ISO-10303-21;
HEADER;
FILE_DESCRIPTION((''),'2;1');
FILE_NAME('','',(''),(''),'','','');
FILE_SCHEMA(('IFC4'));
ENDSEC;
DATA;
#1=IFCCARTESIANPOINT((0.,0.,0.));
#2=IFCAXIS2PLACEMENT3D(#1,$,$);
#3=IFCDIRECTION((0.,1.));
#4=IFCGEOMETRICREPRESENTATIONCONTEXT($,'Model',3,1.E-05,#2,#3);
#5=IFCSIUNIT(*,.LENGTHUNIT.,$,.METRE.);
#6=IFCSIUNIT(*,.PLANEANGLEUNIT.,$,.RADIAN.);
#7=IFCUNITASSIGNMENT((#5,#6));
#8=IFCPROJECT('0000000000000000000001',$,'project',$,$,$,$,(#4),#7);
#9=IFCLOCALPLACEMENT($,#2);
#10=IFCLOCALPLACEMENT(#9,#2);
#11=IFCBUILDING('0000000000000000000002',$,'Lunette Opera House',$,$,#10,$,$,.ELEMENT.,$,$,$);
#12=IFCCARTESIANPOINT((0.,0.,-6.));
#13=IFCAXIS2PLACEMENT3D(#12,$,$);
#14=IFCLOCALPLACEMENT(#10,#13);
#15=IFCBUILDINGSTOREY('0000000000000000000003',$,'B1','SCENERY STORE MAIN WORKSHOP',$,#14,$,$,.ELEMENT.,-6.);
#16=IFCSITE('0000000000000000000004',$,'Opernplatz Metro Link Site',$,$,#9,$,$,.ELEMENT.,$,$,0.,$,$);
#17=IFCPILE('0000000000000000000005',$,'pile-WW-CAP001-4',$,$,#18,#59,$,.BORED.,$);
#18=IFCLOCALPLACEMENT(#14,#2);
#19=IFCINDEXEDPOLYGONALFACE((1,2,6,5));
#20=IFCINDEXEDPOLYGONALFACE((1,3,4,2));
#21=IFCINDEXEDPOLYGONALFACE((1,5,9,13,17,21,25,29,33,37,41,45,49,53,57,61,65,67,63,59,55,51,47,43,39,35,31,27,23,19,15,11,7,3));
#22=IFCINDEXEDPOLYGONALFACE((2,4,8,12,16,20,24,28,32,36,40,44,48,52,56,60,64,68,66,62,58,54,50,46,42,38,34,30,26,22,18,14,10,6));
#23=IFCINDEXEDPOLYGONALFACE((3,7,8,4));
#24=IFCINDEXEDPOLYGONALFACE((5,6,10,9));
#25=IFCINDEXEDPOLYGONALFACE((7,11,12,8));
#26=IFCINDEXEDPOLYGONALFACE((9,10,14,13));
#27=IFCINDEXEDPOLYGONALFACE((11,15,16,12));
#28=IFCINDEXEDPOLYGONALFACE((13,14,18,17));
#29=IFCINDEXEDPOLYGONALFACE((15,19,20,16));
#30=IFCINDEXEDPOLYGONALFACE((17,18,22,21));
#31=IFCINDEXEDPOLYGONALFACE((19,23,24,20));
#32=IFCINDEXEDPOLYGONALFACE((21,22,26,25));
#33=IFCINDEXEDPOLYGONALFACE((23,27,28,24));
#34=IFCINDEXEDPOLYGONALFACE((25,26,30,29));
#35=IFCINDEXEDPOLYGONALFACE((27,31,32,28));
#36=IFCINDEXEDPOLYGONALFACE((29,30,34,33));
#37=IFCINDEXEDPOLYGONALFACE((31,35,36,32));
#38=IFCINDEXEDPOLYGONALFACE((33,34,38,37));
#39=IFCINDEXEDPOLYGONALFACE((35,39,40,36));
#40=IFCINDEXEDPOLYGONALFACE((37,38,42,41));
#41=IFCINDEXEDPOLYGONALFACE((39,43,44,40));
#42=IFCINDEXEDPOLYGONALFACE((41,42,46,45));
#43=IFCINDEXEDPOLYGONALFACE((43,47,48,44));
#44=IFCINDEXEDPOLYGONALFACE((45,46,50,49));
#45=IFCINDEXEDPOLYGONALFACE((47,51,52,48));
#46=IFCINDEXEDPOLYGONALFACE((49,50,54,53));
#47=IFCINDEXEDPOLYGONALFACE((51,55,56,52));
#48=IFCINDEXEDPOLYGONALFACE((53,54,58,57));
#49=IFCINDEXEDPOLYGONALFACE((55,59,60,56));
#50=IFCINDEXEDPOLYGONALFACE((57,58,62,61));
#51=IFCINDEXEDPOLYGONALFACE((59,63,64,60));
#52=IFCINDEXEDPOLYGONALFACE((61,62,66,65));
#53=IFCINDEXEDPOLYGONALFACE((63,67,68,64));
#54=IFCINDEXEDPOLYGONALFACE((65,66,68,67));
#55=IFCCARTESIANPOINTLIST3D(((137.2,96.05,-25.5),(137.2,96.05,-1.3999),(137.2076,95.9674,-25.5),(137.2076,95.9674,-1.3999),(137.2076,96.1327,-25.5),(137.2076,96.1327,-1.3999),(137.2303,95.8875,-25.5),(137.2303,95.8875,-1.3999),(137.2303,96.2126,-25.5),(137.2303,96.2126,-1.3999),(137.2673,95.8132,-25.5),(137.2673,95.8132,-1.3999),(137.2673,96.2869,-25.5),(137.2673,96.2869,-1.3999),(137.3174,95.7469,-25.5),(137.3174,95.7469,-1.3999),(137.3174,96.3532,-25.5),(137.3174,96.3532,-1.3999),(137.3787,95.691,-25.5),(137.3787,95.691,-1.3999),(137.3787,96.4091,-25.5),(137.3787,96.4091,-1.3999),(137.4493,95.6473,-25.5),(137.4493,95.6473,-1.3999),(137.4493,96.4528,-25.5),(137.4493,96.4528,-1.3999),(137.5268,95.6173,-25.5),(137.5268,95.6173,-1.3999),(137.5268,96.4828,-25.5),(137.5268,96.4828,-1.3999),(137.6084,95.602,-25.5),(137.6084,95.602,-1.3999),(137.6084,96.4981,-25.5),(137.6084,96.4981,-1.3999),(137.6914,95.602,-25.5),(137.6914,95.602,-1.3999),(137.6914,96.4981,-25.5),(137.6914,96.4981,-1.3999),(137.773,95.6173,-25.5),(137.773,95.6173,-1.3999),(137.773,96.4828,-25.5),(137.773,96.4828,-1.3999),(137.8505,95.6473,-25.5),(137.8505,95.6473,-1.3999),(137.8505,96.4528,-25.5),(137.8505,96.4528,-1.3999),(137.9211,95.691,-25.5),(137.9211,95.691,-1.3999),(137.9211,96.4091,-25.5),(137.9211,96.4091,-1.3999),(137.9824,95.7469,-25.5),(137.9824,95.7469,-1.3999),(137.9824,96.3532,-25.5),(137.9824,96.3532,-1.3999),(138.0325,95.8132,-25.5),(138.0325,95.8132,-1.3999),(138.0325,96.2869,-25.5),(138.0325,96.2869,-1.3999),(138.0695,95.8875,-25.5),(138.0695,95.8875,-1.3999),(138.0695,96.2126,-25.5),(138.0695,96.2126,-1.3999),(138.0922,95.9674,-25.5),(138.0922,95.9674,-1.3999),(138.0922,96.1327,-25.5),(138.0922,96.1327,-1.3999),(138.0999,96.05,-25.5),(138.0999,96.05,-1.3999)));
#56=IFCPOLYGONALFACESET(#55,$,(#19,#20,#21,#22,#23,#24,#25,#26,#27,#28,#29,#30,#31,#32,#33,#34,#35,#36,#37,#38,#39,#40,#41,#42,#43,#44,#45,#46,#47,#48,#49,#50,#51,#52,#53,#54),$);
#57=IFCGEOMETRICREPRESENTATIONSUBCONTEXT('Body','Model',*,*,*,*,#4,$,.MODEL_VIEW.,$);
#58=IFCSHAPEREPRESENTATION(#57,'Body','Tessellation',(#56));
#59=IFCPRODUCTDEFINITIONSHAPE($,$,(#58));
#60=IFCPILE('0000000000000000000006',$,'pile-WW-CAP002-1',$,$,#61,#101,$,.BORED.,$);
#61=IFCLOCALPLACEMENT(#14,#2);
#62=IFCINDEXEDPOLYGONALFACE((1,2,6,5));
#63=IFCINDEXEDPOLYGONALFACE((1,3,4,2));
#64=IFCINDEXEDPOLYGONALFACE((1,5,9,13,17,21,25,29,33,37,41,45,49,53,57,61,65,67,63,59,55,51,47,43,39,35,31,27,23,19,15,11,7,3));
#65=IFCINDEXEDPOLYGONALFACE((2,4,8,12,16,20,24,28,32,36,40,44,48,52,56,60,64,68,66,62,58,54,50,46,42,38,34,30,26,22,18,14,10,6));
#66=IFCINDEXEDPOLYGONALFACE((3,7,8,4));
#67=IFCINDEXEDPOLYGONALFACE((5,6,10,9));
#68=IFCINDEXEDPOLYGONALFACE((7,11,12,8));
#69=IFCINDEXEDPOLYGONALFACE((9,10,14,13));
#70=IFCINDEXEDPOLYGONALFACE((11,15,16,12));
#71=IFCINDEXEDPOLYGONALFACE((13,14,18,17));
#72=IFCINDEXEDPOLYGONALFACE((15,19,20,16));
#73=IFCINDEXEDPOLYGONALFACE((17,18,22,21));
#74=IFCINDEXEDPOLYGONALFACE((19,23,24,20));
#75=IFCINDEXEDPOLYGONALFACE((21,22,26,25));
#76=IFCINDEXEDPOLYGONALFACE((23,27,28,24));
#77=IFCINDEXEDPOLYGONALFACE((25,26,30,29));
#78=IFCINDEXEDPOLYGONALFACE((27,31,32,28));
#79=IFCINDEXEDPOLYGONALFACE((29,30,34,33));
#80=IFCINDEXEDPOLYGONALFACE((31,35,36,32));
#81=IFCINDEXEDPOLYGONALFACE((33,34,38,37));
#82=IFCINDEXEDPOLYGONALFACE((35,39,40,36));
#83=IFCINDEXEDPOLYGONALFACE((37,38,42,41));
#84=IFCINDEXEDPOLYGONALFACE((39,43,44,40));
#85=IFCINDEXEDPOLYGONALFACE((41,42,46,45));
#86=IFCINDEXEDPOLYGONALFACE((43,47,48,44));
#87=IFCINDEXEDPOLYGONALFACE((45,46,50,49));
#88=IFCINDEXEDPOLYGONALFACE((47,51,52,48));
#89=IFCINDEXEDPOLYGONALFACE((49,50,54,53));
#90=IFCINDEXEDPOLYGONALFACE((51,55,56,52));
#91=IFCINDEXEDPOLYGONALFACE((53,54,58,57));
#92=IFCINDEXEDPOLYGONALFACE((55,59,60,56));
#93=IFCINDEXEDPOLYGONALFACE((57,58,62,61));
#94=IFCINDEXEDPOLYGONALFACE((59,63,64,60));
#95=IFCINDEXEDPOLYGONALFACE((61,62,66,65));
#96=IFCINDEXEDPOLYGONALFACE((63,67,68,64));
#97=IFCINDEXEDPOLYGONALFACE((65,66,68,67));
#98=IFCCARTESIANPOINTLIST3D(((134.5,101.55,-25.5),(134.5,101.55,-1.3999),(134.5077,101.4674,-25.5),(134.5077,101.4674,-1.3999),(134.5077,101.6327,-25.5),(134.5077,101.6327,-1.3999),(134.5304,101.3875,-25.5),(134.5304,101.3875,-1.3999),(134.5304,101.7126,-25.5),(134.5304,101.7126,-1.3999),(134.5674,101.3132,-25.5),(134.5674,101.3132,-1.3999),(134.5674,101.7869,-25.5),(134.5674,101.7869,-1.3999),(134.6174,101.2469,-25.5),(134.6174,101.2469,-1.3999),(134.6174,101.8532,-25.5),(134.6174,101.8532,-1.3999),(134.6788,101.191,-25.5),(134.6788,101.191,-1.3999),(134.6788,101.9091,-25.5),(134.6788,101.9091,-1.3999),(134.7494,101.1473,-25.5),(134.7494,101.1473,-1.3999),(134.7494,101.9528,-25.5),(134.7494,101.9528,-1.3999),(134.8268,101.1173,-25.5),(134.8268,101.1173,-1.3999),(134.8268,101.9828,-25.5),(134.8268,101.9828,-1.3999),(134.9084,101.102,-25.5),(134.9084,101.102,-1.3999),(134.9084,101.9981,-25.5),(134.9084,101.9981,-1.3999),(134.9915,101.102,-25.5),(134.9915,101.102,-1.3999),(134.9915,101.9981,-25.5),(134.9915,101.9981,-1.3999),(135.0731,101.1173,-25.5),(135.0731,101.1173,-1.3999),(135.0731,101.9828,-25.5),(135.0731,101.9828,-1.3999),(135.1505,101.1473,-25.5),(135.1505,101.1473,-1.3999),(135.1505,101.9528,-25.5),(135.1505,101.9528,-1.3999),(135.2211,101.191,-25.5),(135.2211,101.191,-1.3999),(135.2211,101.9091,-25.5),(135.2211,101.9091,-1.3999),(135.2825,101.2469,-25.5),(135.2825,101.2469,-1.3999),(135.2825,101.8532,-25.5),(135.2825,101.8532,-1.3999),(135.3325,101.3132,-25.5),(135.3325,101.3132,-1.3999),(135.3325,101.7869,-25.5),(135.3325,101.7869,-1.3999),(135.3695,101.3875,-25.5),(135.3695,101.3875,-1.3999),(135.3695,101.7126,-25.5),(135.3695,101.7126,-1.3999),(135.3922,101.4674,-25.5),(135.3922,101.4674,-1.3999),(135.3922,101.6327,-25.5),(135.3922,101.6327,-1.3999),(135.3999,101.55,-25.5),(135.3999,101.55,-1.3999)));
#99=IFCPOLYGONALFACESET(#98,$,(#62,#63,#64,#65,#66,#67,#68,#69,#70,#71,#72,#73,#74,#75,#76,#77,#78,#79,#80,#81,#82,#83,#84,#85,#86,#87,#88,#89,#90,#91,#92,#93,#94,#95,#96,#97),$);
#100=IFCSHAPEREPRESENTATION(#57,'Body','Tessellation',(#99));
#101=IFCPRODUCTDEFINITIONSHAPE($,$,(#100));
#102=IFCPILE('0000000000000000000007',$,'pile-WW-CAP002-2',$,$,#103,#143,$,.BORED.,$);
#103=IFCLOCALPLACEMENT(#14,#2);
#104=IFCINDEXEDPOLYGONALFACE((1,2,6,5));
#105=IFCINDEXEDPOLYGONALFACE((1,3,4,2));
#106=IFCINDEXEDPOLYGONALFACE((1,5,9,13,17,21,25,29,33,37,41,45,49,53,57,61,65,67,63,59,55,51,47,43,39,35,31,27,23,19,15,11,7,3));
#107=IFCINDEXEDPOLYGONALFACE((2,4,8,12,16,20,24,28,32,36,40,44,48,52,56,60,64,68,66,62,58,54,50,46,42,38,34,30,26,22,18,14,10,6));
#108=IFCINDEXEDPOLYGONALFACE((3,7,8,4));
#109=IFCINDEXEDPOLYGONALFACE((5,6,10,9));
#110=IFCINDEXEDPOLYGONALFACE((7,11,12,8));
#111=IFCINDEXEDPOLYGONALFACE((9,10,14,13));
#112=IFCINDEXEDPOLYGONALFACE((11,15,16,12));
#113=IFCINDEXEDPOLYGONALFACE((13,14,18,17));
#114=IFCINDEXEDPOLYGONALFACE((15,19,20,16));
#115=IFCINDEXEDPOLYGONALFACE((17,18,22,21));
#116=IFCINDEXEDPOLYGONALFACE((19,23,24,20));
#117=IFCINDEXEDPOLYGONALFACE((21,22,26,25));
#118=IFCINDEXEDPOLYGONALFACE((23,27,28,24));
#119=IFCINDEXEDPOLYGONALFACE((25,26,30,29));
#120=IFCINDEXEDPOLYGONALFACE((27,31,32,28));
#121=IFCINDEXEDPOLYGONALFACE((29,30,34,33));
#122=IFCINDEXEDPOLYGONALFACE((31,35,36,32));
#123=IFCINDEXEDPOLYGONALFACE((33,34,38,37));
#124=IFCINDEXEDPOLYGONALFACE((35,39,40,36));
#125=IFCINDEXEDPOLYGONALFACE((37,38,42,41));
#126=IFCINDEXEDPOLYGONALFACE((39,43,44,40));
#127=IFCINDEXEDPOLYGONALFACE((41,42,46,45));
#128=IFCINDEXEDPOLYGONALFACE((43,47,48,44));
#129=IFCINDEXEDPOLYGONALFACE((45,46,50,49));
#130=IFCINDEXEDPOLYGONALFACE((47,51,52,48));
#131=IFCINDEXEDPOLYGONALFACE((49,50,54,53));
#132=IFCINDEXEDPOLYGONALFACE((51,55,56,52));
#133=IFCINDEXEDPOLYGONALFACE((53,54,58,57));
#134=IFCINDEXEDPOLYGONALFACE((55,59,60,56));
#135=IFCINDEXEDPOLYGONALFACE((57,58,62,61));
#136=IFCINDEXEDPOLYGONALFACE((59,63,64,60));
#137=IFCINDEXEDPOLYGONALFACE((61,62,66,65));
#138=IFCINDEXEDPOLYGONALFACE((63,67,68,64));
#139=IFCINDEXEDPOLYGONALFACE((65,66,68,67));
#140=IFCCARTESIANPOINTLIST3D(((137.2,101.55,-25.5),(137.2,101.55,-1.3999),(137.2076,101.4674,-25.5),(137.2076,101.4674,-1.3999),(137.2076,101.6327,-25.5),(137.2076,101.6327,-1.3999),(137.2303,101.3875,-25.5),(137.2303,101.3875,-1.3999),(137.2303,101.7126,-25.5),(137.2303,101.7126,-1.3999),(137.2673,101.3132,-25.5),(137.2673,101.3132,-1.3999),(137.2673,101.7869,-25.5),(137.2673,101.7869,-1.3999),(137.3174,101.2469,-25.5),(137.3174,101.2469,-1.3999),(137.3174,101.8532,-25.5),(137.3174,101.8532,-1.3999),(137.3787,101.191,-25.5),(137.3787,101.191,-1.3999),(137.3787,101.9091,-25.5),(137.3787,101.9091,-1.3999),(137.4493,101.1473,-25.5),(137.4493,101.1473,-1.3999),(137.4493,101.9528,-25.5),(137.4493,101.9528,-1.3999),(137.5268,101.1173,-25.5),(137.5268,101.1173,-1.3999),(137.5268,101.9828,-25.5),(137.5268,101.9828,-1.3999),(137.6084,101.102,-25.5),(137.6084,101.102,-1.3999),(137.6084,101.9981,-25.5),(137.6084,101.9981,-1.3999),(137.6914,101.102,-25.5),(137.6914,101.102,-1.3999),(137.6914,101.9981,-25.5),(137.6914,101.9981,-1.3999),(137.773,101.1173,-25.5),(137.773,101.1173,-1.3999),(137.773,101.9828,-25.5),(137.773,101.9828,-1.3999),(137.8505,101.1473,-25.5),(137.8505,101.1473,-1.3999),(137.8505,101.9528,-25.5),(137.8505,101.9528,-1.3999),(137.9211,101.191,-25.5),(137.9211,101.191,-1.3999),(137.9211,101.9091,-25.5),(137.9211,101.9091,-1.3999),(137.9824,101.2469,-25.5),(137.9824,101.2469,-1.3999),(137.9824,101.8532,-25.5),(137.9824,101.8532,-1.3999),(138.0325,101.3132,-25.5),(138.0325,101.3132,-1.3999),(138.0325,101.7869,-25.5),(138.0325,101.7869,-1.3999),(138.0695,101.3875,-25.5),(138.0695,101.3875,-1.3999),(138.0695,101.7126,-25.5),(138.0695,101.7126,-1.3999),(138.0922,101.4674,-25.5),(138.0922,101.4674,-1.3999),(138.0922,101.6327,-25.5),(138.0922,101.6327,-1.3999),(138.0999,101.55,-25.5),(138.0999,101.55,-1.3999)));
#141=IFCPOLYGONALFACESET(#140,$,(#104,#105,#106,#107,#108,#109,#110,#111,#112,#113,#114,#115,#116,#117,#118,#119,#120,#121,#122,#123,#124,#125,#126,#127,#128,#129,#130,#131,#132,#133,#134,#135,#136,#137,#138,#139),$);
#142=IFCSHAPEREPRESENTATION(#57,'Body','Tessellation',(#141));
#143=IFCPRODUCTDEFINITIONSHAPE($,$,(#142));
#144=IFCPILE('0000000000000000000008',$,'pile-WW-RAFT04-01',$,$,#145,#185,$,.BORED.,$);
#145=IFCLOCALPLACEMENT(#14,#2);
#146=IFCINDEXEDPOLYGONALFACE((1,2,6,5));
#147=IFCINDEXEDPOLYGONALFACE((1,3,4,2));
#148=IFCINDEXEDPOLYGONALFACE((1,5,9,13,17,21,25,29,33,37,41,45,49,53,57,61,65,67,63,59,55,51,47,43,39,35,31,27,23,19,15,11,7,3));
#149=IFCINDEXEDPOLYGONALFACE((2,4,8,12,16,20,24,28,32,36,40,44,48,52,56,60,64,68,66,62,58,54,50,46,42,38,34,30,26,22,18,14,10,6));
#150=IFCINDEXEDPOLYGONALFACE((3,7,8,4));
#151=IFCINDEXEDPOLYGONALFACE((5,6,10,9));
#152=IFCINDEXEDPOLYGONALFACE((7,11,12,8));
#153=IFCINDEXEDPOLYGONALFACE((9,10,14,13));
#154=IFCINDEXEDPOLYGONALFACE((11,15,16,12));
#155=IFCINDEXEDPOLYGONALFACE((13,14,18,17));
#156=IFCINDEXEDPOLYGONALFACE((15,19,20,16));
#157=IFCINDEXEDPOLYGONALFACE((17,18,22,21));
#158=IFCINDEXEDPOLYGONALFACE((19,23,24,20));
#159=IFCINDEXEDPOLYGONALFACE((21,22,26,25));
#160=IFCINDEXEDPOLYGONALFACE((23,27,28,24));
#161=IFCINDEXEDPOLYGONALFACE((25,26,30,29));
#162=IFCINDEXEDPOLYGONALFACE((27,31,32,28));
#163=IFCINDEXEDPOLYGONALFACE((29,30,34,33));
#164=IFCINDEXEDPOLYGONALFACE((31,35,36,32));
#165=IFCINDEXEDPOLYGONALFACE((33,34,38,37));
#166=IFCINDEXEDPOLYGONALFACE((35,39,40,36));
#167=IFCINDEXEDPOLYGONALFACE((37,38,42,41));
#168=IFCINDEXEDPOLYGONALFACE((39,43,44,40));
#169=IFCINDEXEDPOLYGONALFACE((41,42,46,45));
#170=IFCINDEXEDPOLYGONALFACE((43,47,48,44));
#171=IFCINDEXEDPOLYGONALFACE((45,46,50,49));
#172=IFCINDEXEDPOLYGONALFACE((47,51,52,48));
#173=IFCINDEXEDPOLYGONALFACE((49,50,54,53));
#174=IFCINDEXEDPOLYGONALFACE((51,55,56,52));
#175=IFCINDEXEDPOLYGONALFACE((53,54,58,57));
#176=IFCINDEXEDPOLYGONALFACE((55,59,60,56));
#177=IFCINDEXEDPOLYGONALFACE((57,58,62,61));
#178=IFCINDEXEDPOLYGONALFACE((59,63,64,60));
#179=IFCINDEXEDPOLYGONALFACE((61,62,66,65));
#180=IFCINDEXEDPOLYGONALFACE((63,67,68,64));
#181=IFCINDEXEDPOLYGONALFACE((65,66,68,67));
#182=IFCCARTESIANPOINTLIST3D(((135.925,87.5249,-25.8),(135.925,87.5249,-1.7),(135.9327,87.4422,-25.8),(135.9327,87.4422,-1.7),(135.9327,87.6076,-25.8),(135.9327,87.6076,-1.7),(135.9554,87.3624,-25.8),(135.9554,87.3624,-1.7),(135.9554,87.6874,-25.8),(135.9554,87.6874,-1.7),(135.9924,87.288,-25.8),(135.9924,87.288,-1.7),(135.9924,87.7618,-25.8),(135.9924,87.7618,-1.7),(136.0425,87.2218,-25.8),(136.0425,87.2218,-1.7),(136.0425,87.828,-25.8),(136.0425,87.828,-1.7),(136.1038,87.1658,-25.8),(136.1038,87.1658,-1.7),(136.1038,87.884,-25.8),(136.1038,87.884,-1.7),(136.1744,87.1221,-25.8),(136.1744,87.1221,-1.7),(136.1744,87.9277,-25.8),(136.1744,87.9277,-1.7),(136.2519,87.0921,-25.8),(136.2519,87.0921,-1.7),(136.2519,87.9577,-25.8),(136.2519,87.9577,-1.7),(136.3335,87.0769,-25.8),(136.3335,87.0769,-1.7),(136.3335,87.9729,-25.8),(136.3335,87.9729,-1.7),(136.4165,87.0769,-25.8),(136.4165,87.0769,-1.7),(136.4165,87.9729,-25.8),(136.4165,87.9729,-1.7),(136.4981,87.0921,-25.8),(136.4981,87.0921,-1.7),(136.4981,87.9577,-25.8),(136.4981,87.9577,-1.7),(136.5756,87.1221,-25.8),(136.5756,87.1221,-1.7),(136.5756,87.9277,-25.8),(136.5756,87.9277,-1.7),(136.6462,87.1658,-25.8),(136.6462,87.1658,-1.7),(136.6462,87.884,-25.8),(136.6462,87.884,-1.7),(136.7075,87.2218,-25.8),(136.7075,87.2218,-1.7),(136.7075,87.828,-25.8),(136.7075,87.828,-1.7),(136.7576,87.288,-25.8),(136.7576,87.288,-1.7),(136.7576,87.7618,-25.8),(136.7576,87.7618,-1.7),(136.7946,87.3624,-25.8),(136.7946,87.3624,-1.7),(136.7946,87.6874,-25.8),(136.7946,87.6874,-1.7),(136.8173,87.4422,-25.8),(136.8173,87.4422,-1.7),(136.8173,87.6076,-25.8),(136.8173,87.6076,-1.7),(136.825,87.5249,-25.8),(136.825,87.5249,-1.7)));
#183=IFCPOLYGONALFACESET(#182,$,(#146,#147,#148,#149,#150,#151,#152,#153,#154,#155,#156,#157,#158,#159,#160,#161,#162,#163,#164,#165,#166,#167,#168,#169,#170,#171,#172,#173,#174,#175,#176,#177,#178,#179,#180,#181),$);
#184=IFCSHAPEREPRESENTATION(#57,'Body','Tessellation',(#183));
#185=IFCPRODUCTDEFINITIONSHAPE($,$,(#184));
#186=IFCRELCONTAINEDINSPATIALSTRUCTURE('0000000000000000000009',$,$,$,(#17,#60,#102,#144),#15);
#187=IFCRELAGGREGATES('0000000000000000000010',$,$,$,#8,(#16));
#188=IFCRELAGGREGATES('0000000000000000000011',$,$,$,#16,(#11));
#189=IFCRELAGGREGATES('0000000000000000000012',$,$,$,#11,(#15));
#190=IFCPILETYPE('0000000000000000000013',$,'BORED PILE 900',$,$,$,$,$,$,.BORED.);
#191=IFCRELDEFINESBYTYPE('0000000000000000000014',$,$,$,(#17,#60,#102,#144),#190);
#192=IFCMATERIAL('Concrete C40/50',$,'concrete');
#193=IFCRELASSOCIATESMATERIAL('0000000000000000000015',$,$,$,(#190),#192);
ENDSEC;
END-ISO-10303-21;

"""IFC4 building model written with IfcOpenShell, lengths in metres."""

from ifc_helpers import new_model, si_unit, direction, frame, origin, origin_2d, place, context, subcontext, project, spatial, circle, extrude, material, material_profile, profile_set, type_object, element, save


model = new_model("IFC4")

# Units and contexts
model_context = context("Model", 3, precision=1e-05, world=origin(), true_north=direction((0.0, 1.0)))
body_context = subcontext(model_context, "Body", "Model", "MODEL_VIEW")
ifc_project = project(units=[si_unit("LENGTHUNIT", "METRE"), si_unit("PLANEANGLEUNIT", "RADIAN")], contexts=[model_context])

# Site, building, storey
site_placement = place(None, origin())
site = spatial("IfcSite", under=ifc_project, at=site_placement, Name="Opernplatz Metro Link Site", CompositionType="ELEMENT", RefElevation=0.0)
building_placement = place(site_placement, origin())
building = spatial("IfcBuilding", under=site, at=building_placement, Name="Lunette Opera House", CompositionType="ELEMENT")
storey_placement = place(building_placement, frame((0.0, 0.0, -6.0)))
storey = spatial("IfcBuildingStorey", under=building, at=storey_placement, Name="B1", Description="SCENERY STORE MAIN WORKSHOP", CompositionType="ELEMENT", Elevation=-6.0)

# Piles
ifc_material_1 = material(Name="Concrete C40/50", Category="concrete")
ifc_material_profile_1 = material_profile(ifc_material_1, circle(Radius=0.45, at=origin_2d()), Name="BORED PILE 900")
ifc_profile_set_1 = profile_set([ifc_material_profile_1], Name="Concrete C40/50")
pile_type_1 = type_object("IfcPileType", Name="BORED PILE 900", PredefinedType="BORED", material=ifc_profile_set_1)
for number, where, z_axis, x_axis, name in (
    (1, (137.6499, 96.05, -1.3999), (0.0, 0.0, -1.0), (1.0, 0.0, 0.0), "pile-WW-CAP001-4"),
    (2, (134.95, 101.55, -1.3999), (0.0, 0.0, -1.0), (1.0, 0.0, 0.0), "pile-WW-CAP002-1"),
    (3, (137.6499, 101.55, -1.3999), (0.0, 0.0, -1.0), (1.0, 0.0, 0.0), "pile-WW-CAP002-2"),
    (4, (136.375, 87.5249, -1.7), (0.0, 0.0, -1.0), (1.0, 0.0, 0.0), "pile-WW-RAFT04-01"),
):
    element("IfcPile", number, at=place(storey_placement, frame(where, z_axis=z_axis, x_axis=x_axis)), inside=storey, type_object=pile_type_1, Name=name, PredefinedType="BORED", context=body_context, shape_type="SweptSolid", body=[
        extrude(circle(Radius=0.45, at=origin_2d()), origin(), (0.0, 0.0, 1.0), 24.1001),
    ])

save(model, "model.ifc")
